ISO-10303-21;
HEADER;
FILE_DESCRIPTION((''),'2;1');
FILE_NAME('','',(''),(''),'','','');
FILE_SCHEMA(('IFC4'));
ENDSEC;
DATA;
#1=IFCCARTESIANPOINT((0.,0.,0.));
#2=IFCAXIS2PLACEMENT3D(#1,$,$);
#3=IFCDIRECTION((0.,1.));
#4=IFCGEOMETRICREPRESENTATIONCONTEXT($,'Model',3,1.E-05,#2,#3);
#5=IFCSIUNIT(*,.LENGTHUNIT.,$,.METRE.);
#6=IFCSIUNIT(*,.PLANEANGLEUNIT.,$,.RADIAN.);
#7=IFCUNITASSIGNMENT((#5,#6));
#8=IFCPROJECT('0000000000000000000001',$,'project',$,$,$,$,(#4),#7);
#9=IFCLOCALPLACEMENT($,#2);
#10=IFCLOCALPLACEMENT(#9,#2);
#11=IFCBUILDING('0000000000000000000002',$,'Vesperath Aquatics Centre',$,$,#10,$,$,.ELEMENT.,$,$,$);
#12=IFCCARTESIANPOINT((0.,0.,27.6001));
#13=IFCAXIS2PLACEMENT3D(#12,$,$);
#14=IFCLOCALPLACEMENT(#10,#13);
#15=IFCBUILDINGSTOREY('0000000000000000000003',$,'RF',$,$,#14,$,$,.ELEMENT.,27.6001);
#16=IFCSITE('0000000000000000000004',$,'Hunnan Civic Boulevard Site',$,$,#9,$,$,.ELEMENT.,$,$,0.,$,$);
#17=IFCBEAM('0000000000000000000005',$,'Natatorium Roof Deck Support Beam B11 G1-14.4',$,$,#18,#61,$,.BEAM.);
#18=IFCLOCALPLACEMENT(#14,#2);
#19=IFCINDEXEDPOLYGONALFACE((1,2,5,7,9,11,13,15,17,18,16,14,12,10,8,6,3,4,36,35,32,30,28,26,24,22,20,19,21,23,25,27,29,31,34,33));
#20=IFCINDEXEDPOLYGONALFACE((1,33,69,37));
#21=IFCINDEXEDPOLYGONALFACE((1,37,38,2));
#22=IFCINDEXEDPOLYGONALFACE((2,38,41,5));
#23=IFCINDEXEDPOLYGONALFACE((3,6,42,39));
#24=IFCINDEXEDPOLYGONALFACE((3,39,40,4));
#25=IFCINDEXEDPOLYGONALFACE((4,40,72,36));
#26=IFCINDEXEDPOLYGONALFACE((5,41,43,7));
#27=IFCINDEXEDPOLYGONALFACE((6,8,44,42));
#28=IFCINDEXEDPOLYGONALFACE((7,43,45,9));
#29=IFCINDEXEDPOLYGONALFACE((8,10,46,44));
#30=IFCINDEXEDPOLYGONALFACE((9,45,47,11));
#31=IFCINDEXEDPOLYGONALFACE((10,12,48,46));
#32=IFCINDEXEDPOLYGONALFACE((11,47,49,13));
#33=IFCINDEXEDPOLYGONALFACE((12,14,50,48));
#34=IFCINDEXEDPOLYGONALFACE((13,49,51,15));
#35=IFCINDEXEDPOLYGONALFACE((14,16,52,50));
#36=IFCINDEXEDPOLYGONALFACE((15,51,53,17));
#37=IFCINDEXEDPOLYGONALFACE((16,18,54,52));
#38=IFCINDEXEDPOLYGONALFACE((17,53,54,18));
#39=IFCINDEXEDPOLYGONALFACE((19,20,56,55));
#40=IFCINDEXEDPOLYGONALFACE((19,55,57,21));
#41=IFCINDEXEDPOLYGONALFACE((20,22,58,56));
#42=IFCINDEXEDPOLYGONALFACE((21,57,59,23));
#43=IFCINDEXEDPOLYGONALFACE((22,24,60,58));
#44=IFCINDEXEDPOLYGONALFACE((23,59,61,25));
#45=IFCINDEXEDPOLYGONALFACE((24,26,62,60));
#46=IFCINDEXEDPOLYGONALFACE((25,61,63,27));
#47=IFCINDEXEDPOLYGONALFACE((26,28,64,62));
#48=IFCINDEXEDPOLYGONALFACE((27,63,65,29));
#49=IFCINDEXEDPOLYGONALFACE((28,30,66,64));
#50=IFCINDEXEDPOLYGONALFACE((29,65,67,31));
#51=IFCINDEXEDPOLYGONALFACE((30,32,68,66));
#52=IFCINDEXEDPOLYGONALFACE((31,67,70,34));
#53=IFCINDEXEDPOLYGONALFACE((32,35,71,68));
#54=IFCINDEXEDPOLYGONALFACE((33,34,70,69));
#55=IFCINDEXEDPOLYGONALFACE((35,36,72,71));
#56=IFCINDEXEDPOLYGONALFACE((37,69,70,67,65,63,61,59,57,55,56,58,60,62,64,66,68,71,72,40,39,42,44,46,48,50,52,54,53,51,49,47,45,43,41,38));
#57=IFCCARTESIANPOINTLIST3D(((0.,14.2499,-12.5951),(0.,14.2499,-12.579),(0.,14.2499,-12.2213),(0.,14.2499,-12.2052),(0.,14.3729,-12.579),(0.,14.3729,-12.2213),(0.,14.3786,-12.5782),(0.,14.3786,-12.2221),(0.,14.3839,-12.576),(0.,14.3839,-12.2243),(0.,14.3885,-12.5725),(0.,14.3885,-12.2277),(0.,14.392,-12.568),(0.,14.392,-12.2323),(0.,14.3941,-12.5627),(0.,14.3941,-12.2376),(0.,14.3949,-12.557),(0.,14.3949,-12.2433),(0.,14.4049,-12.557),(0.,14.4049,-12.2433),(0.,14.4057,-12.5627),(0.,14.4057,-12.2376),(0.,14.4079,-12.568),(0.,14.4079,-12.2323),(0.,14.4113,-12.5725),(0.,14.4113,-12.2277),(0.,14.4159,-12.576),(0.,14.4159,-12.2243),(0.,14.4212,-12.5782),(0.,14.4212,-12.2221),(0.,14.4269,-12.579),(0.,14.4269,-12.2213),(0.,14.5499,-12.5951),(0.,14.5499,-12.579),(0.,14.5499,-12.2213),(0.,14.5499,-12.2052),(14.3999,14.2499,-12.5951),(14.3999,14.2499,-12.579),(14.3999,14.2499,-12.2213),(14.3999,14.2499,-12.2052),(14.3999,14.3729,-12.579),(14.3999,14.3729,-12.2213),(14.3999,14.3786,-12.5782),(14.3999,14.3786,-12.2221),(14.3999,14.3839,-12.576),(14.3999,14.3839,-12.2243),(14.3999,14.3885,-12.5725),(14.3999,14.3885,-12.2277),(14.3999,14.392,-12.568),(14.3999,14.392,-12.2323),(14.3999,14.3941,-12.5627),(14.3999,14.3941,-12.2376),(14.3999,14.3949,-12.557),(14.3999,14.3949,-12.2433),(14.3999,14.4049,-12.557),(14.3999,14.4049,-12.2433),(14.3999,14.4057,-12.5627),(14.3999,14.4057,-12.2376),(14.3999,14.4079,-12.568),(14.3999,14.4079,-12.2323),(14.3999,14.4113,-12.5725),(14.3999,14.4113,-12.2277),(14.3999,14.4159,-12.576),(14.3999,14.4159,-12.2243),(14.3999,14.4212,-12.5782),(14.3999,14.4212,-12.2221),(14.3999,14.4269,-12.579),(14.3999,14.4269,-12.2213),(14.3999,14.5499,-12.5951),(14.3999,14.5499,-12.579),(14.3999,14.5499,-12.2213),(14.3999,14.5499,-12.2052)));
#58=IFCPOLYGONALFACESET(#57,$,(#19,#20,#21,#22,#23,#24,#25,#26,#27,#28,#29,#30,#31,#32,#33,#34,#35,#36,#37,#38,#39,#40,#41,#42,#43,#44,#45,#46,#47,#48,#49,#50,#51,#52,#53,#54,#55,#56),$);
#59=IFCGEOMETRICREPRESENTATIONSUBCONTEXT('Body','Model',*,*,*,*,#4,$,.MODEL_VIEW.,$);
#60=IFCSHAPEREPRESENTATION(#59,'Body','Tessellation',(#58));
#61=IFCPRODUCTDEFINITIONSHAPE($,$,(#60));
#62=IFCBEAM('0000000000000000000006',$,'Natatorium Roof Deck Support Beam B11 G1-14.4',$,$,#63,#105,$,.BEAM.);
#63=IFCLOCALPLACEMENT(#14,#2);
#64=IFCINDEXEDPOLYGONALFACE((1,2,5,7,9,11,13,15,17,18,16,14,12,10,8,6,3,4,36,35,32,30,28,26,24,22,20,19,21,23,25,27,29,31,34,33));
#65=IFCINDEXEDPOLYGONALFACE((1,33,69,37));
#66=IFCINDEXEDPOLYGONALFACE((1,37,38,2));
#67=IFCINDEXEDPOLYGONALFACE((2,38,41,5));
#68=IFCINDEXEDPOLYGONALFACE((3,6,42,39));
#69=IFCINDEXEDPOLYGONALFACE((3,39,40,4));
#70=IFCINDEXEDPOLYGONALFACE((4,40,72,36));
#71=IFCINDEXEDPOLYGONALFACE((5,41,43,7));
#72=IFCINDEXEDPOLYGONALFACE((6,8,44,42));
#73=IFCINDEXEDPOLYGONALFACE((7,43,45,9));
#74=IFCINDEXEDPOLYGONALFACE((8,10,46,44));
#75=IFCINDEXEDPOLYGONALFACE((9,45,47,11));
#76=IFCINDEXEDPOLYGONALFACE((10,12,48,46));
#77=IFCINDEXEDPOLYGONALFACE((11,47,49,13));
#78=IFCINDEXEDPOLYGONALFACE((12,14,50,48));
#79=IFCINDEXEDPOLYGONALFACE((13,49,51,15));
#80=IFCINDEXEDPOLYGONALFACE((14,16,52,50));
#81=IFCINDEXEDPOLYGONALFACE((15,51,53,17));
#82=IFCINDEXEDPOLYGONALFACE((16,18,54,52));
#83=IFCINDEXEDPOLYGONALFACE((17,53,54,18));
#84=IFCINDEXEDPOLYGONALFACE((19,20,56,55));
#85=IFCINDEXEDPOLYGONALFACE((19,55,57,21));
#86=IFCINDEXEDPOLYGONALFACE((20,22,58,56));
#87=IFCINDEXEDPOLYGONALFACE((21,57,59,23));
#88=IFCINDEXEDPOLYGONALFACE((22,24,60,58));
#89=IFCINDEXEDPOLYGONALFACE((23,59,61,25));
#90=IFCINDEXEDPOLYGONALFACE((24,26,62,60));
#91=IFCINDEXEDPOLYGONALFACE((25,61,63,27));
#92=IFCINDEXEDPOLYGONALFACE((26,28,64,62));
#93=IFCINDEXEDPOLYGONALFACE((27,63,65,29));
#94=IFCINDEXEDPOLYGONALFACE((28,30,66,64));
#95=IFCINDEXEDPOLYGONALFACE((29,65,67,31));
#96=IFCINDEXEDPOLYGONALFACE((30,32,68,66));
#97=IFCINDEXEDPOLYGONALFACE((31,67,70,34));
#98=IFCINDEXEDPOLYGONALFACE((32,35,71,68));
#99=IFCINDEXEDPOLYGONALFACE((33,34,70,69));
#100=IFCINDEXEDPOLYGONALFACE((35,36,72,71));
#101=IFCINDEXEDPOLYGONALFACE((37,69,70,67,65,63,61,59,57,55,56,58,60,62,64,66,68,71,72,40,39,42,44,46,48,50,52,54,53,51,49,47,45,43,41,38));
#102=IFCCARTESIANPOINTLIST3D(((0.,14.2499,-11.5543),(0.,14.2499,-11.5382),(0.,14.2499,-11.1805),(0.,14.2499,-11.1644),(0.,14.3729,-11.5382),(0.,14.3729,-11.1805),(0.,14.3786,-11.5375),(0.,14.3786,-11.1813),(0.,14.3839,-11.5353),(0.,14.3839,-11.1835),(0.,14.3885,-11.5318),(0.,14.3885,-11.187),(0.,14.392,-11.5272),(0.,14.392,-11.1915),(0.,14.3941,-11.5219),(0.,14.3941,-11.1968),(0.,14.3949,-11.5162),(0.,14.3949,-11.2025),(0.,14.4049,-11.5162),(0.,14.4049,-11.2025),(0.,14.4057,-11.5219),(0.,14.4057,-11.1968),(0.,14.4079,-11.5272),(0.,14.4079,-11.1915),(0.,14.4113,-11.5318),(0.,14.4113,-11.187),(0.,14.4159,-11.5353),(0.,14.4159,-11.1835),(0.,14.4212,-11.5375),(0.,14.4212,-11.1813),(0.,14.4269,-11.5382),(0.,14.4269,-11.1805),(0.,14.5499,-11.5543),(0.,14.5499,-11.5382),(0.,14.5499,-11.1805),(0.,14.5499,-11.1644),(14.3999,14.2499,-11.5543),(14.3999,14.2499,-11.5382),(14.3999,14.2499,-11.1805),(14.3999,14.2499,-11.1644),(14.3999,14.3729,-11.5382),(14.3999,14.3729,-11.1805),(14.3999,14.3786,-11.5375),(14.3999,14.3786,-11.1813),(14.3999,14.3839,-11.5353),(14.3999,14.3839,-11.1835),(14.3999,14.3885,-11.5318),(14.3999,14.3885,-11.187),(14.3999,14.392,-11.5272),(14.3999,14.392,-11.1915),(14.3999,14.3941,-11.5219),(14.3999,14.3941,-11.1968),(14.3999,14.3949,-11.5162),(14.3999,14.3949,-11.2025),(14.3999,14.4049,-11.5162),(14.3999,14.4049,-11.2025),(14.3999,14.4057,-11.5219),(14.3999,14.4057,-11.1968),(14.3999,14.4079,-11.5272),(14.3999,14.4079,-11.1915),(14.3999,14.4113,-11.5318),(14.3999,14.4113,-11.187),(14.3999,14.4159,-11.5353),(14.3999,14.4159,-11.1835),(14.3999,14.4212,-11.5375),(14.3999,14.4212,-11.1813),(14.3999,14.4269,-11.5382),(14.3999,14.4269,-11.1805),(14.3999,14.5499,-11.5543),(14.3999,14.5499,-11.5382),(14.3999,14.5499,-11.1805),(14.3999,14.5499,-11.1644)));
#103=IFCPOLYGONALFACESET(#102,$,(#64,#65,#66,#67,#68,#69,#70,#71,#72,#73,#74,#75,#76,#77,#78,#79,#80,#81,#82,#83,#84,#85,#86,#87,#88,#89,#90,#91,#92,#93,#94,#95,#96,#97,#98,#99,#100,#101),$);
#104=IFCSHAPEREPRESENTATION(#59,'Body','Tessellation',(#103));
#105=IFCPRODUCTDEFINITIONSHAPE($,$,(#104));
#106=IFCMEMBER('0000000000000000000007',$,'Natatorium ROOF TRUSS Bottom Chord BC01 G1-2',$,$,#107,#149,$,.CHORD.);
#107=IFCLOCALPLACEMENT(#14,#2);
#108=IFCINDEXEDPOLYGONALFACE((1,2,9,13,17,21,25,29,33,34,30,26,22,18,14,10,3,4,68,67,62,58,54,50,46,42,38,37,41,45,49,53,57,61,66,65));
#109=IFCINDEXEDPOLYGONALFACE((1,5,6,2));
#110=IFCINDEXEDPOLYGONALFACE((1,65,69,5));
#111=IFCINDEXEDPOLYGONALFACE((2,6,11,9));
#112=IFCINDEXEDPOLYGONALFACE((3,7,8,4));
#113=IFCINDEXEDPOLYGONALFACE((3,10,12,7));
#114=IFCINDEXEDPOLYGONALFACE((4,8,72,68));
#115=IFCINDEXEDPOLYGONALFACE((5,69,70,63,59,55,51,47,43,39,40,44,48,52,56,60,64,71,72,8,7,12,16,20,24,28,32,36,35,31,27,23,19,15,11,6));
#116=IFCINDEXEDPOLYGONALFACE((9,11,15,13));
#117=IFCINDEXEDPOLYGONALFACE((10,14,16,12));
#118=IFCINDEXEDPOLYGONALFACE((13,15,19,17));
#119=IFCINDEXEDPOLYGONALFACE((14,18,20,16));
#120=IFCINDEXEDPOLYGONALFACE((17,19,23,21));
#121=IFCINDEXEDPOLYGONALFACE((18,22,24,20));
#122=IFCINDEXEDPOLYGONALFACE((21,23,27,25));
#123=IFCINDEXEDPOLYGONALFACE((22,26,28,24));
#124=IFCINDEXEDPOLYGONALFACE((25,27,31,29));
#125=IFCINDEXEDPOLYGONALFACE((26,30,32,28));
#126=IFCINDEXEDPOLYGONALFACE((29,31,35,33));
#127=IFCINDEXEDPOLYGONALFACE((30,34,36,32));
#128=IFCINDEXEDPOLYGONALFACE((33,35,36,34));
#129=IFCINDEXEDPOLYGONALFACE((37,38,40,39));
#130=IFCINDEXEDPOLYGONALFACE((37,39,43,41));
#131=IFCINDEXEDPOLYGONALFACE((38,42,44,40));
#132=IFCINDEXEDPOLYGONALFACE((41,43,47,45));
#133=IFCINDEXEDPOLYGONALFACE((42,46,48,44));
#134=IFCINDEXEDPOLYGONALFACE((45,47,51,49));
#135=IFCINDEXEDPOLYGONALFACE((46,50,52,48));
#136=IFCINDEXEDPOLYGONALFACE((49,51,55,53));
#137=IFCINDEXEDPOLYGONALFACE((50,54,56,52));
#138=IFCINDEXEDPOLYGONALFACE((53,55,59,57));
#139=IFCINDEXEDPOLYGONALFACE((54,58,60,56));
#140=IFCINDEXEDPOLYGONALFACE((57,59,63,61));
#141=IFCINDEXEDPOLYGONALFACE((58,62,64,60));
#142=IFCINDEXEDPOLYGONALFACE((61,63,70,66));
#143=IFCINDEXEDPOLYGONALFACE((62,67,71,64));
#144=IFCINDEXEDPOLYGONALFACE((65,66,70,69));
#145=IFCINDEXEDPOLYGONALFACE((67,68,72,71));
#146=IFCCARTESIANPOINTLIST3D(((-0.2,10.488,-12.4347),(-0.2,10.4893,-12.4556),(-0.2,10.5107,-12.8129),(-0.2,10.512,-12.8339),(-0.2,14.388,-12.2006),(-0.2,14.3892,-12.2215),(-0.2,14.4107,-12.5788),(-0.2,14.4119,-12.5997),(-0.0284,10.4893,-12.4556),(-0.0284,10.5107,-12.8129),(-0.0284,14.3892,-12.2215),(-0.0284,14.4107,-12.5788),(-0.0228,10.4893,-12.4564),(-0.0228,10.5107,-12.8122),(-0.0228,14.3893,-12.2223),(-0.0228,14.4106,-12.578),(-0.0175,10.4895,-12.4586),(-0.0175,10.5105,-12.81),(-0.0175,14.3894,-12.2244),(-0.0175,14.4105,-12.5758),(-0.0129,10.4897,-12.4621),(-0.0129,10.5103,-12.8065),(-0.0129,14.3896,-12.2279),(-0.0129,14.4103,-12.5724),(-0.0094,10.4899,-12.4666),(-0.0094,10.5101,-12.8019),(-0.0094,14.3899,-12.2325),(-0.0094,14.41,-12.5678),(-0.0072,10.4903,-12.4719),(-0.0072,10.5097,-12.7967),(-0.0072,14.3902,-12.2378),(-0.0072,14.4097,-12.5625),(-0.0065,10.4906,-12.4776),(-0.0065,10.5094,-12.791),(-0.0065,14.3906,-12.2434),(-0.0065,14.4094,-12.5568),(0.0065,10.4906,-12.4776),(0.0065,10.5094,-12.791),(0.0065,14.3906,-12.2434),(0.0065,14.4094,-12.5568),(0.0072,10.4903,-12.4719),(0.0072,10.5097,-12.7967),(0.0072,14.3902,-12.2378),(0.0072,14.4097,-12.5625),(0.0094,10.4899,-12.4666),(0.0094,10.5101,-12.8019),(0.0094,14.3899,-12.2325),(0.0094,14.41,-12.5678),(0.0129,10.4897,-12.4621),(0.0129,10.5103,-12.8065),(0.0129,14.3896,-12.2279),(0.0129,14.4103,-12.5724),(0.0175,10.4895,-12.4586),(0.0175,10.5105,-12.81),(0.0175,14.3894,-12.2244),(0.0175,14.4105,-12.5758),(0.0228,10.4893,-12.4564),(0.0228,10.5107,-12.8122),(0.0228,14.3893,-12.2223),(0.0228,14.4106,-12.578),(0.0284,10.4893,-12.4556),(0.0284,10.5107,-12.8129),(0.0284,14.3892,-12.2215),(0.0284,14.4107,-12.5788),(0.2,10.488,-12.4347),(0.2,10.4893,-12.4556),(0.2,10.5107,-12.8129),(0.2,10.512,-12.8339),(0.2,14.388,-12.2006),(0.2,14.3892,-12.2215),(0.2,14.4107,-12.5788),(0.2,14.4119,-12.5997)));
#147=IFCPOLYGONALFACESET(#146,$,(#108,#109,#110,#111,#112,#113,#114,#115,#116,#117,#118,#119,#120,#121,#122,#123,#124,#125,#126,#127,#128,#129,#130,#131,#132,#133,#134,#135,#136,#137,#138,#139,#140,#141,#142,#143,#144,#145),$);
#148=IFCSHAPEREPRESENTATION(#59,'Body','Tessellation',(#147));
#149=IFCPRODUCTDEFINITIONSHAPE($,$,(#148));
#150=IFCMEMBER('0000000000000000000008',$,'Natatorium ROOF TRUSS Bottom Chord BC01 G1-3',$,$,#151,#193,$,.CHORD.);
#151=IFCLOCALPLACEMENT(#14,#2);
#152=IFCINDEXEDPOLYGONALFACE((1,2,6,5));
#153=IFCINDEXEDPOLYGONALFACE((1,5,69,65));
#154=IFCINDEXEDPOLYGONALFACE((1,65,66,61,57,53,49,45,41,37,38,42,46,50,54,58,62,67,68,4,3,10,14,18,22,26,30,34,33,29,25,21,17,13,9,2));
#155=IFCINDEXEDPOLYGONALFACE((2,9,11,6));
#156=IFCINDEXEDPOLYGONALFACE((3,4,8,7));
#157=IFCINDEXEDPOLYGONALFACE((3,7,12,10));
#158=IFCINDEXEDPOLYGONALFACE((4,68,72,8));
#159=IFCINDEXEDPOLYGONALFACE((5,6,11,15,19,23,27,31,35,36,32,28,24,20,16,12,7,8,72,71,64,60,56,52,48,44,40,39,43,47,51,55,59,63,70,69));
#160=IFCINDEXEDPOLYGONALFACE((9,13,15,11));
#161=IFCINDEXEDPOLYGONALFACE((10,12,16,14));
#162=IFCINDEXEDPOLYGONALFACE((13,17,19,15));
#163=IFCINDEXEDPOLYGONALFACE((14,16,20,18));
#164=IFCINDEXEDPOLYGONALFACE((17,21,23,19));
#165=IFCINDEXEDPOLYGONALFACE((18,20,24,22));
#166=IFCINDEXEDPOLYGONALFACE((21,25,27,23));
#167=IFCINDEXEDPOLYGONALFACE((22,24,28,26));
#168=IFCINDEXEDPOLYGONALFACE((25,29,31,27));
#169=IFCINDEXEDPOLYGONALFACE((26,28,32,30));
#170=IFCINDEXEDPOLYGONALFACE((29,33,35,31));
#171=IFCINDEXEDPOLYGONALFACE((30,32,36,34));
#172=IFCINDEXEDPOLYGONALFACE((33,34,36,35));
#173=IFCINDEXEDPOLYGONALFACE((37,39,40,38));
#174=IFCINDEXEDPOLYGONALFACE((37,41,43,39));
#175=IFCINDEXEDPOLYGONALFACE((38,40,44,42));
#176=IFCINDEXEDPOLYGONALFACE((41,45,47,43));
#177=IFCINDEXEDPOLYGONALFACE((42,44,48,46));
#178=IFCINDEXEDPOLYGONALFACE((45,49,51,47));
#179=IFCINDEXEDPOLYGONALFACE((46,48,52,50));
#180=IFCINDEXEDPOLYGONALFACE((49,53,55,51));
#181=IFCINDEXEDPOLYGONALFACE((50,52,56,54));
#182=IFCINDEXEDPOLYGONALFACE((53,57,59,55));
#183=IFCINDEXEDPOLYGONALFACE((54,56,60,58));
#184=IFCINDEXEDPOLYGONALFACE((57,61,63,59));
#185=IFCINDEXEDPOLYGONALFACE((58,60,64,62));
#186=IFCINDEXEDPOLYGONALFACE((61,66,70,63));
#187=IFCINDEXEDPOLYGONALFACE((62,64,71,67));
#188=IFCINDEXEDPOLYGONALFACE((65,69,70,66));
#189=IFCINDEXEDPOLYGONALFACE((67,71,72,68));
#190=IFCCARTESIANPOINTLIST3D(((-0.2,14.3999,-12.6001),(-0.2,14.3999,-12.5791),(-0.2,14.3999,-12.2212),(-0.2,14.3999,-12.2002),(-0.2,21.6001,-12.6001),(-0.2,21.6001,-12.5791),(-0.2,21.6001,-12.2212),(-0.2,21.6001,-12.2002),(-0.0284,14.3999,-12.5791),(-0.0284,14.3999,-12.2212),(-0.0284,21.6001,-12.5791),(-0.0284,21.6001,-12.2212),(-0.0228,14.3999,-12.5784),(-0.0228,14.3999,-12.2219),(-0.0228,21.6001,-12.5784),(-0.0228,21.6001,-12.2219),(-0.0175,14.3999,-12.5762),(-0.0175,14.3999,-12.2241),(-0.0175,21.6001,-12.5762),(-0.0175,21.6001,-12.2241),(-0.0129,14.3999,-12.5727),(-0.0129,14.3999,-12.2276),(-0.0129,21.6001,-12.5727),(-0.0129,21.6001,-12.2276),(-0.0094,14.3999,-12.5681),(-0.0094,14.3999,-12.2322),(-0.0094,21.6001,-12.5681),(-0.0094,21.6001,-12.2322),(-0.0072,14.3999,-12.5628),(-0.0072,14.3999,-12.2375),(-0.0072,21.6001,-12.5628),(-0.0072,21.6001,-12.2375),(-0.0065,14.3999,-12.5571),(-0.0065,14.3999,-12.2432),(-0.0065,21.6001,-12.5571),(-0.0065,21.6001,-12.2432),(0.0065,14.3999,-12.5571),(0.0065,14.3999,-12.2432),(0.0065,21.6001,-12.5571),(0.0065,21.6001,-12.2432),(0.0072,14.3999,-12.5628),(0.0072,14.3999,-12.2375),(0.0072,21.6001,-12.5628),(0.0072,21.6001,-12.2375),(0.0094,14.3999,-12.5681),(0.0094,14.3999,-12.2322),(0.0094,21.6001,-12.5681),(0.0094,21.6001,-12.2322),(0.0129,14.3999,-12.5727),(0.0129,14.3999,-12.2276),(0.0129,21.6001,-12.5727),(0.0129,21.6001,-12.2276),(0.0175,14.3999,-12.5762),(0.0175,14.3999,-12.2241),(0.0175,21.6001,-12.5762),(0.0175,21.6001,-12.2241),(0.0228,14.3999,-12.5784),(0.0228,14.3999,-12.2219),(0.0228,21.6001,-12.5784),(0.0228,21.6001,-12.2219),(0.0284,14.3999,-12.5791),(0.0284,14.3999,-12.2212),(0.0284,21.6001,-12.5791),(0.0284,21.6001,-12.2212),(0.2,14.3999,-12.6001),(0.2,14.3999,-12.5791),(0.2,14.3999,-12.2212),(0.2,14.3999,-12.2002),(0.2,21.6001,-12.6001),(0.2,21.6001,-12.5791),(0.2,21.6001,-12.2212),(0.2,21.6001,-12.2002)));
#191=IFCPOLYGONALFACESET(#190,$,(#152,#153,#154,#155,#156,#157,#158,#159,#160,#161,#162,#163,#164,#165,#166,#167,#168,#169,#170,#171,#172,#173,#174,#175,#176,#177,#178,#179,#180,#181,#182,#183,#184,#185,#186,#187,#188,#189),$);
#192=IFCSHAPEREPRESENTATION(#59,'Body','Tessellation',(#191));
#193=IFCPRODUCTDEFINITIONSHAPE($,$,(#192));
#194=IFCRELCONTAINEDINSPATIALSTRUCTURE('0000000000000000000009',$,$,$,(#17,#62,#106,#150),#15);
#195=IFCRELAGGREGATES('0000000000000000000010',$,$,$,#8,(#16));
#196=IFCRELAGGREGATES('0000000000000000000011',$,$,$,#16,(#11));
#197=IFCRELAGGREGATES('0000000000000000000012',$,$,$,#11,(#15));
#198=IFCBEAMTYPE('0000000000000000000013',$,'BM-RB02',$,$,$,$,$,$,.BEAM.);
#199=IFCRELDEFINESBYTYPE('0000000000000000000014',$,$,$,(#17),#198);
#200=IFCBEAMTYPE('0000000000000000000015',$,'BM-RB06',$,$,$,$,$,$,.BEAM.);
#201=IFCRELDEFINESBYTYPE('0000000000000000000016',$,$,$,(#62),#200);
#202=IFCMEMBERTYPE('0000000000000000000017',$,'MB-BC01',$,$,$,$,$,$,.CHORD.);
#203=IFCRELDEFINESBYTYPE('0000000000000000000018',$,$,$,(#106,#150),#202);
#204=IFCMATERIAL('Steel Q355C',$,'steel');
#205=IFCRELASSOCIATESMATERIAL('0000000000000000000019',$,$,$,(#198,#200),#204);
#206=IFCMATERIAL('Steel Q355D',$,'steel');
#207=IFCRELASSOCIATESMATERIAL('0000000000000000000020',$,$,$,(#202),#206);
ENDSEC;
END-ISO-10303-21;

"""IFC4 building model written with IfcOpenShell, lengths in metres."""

from ifc_helpers import new_model, si_unit, direction, frame, origin, origin_2d, place, context, subcontext, project, spatial, i_section, extrude, material, material_profile, profile_set, type_object, element, save


model = new_model("IFC4")

# Units and contexts
model_context = context("Model", 3, precision=1e-05, world=origin(), true_north=direction((0.0, 1.0)))
body_context = subcontext(model_context, "Body", "Model", "MODEL_VIEW")
ifc_project = project(units=[si_unit("LENGTHUNIT", "METRE"), si_unit("PLANEANGLEUNIT", "RADIAN")], contexts=[model_context])

# Site, building, storey
site_placement = place(None, origin())
site = spatial("IfcSite", under=ifc_project, at=site_placement, Name="Hunnan Civic Boulevard Site", CompositionType="ELEMENT", RefElevation=0.0)
building_placement = place(site_placement, origin())
building = spatial("IfcBuilding", under=site, at=building_placement, Name="Vesperath Aquatics Centre", CompositionType="ELEMENT")
storey_placement = place(building_placement, frame((0.0, 0.0, 27.6001)))
storey = spatial("IfcBuildingStorey", under=building, at=storey_placement, Name="RF", CompositionType="ELEMENT", Elevation=27.6001)

# Beams
ifc_material_1 = material(Name="Steel Q355C", Category="steel")
ifc_material_profile_1 = material_profile(ifc_material_1, i_section(OverallWidth=0.3, OverallDepth=0.3899, WebThickness=0.01, FlangeThickness=0.0161, FilletRadius=0.022, at=origin_2d()), Name="HM 390x300x10x16")
ifc_profile_set_1 = profile_set([ifc_material_profile_1], Name="Steel Q355C")
beam_type_1 = type_object("IfcBeamType", Name="BM-RB02", PredefinedType="BEAM", material=ifc_profile_set_1)
beam_1_placement = place(storey_placement, frame((0.0, 14.3999, -12.4001), z_axis=(1.0, 0.0, 0.0), x_axis=(0.0, 1.0, 0.0)))
element("IfcBeam", 1, at=beam_1_placement, inside=storey, type_object=beam_type_1, Name="Natatorium Roof Deck Support Beam B11 G1-14.4", PredefinedType="BEAM", context=body_context, shape_type="SweptSolid", body=[
    extrude(i_section(OverallWidth=0.3, OverallDepth=0.3899, WebThickness=0.01, FlangeThickness=0.0161, FilletRadius=0.022, at=origin_2d()), origin(), (0.0, 0.0, 1.0), 14.3999),
])
ifc_material_profile_2 = material_profile(ifc_material_1, i_section(OverallWidth=0.3, OverallDepth=0.3899, WebThickness=0.01, FlangeThickness=0.0161, FilletRadius=0.022, at=origin_2d()), Name="HM 390x300x10x16")
ifc_profile_set_2 = profile_set([ifc_material_profile_2], Name="Steel Q355C")
beam_type_2 = type_object("IfcBeamType", Name="BM-RB06", PredefinedType="BEAM", material=ifc_profile_set_2)
beam_2_placement = place(storey_placement, frame((0.0, 14.3999, -11.3594), z_axis=(1.0, 0.0, 0.0), x_axis=(0.0, 1.0, 0.0)))
element("IfcBeam", 2, at=beam_2_placement, inside=storey, type_object=beam_type_2, Name="Natatorium Roof Deck Support Beam B11 G1-14.4", PredefinedType="BEAM", context=body_context, shape_type="SweptSolid", body=[
    extrude(i_section(OverallWidth=0.3, OverallDepth=0.3899, WebThickness=0.01, FlangeThickness=0.0161, FilletRadius=0.022, at=origin_2d()), origin(), (0.0, 0.0, 1.0), 14.3999),
])

# Members
ifc_material_2 = material(Name="Steel Q355D", Category="steel")
ifc_material_profile_3 = material_profile(ifc_material_2, i_section(OverallWidth=0.3999, OverallDepth=0.3999, WebThickness=0.0129, FlangeThickness=0.021, FilletRadius=0.022, at=origin_2d()), Name="HW 400x400x13x21")
ifc_profile_set_3 = profile_set([ifc_material_profile_3], Name="Steel Q355D")
member_type_1 = type_object("IfcMemberType", Name="MB-BC01", PredefinedType="CHORD", material=ifc_profile_set_3)
member_1_placement = place(storey_placement, frame((0.0, 10.5, -12.6343), z_axis=(0.0, 0.998203, 0.059927), x_axis=(-1.0, 0.0, 0.0)))
element("IfcMember", 3, at=member_1_placement, inside=storey, type_object=member_type_1, Name="Natatorium ROOF TRUSS Bottom Chord BC01 G1-2", PredefinedType="CHORD", context=body_context, shape_type="SweptSolid", body=[
    extrude(i_section(OverallWidth=0.3999, OverallDepth=0.3999, WebThickness=0.0129, FlangeThickness=0.021, FilletRadius=0.022, at=origin_2d()), origin(), (0.0, 0.0, 1.0), 3.907),
])
member_2_placement = place(storey_placement, frame((0.0, 14.3999, -12.4001), z_axis=(0.0, 1.0, 0.0), x_axis=(-1.0, 0.0, 0.0)))
element("IfcMember", 4, at=member_2_placement, inside=storey, type_object=member_type_1, Name="Natatorium ROOF TRUSS Bottom Chord BC01 G1-3", PredefinedType="CHORD", context=body_context, shape_type="SweptSolid", body=[
    extrude(i_section(OverallWidth=0.3999, OverallDepth=0.3999, WebThickness=0.0129, FlangeThickness=0.021, FilletRadius=0.022, at=origin_2d()), origin(), (0.0, 0.0, 1.0), 7.2002),
])

save(model, "model.ifc")
